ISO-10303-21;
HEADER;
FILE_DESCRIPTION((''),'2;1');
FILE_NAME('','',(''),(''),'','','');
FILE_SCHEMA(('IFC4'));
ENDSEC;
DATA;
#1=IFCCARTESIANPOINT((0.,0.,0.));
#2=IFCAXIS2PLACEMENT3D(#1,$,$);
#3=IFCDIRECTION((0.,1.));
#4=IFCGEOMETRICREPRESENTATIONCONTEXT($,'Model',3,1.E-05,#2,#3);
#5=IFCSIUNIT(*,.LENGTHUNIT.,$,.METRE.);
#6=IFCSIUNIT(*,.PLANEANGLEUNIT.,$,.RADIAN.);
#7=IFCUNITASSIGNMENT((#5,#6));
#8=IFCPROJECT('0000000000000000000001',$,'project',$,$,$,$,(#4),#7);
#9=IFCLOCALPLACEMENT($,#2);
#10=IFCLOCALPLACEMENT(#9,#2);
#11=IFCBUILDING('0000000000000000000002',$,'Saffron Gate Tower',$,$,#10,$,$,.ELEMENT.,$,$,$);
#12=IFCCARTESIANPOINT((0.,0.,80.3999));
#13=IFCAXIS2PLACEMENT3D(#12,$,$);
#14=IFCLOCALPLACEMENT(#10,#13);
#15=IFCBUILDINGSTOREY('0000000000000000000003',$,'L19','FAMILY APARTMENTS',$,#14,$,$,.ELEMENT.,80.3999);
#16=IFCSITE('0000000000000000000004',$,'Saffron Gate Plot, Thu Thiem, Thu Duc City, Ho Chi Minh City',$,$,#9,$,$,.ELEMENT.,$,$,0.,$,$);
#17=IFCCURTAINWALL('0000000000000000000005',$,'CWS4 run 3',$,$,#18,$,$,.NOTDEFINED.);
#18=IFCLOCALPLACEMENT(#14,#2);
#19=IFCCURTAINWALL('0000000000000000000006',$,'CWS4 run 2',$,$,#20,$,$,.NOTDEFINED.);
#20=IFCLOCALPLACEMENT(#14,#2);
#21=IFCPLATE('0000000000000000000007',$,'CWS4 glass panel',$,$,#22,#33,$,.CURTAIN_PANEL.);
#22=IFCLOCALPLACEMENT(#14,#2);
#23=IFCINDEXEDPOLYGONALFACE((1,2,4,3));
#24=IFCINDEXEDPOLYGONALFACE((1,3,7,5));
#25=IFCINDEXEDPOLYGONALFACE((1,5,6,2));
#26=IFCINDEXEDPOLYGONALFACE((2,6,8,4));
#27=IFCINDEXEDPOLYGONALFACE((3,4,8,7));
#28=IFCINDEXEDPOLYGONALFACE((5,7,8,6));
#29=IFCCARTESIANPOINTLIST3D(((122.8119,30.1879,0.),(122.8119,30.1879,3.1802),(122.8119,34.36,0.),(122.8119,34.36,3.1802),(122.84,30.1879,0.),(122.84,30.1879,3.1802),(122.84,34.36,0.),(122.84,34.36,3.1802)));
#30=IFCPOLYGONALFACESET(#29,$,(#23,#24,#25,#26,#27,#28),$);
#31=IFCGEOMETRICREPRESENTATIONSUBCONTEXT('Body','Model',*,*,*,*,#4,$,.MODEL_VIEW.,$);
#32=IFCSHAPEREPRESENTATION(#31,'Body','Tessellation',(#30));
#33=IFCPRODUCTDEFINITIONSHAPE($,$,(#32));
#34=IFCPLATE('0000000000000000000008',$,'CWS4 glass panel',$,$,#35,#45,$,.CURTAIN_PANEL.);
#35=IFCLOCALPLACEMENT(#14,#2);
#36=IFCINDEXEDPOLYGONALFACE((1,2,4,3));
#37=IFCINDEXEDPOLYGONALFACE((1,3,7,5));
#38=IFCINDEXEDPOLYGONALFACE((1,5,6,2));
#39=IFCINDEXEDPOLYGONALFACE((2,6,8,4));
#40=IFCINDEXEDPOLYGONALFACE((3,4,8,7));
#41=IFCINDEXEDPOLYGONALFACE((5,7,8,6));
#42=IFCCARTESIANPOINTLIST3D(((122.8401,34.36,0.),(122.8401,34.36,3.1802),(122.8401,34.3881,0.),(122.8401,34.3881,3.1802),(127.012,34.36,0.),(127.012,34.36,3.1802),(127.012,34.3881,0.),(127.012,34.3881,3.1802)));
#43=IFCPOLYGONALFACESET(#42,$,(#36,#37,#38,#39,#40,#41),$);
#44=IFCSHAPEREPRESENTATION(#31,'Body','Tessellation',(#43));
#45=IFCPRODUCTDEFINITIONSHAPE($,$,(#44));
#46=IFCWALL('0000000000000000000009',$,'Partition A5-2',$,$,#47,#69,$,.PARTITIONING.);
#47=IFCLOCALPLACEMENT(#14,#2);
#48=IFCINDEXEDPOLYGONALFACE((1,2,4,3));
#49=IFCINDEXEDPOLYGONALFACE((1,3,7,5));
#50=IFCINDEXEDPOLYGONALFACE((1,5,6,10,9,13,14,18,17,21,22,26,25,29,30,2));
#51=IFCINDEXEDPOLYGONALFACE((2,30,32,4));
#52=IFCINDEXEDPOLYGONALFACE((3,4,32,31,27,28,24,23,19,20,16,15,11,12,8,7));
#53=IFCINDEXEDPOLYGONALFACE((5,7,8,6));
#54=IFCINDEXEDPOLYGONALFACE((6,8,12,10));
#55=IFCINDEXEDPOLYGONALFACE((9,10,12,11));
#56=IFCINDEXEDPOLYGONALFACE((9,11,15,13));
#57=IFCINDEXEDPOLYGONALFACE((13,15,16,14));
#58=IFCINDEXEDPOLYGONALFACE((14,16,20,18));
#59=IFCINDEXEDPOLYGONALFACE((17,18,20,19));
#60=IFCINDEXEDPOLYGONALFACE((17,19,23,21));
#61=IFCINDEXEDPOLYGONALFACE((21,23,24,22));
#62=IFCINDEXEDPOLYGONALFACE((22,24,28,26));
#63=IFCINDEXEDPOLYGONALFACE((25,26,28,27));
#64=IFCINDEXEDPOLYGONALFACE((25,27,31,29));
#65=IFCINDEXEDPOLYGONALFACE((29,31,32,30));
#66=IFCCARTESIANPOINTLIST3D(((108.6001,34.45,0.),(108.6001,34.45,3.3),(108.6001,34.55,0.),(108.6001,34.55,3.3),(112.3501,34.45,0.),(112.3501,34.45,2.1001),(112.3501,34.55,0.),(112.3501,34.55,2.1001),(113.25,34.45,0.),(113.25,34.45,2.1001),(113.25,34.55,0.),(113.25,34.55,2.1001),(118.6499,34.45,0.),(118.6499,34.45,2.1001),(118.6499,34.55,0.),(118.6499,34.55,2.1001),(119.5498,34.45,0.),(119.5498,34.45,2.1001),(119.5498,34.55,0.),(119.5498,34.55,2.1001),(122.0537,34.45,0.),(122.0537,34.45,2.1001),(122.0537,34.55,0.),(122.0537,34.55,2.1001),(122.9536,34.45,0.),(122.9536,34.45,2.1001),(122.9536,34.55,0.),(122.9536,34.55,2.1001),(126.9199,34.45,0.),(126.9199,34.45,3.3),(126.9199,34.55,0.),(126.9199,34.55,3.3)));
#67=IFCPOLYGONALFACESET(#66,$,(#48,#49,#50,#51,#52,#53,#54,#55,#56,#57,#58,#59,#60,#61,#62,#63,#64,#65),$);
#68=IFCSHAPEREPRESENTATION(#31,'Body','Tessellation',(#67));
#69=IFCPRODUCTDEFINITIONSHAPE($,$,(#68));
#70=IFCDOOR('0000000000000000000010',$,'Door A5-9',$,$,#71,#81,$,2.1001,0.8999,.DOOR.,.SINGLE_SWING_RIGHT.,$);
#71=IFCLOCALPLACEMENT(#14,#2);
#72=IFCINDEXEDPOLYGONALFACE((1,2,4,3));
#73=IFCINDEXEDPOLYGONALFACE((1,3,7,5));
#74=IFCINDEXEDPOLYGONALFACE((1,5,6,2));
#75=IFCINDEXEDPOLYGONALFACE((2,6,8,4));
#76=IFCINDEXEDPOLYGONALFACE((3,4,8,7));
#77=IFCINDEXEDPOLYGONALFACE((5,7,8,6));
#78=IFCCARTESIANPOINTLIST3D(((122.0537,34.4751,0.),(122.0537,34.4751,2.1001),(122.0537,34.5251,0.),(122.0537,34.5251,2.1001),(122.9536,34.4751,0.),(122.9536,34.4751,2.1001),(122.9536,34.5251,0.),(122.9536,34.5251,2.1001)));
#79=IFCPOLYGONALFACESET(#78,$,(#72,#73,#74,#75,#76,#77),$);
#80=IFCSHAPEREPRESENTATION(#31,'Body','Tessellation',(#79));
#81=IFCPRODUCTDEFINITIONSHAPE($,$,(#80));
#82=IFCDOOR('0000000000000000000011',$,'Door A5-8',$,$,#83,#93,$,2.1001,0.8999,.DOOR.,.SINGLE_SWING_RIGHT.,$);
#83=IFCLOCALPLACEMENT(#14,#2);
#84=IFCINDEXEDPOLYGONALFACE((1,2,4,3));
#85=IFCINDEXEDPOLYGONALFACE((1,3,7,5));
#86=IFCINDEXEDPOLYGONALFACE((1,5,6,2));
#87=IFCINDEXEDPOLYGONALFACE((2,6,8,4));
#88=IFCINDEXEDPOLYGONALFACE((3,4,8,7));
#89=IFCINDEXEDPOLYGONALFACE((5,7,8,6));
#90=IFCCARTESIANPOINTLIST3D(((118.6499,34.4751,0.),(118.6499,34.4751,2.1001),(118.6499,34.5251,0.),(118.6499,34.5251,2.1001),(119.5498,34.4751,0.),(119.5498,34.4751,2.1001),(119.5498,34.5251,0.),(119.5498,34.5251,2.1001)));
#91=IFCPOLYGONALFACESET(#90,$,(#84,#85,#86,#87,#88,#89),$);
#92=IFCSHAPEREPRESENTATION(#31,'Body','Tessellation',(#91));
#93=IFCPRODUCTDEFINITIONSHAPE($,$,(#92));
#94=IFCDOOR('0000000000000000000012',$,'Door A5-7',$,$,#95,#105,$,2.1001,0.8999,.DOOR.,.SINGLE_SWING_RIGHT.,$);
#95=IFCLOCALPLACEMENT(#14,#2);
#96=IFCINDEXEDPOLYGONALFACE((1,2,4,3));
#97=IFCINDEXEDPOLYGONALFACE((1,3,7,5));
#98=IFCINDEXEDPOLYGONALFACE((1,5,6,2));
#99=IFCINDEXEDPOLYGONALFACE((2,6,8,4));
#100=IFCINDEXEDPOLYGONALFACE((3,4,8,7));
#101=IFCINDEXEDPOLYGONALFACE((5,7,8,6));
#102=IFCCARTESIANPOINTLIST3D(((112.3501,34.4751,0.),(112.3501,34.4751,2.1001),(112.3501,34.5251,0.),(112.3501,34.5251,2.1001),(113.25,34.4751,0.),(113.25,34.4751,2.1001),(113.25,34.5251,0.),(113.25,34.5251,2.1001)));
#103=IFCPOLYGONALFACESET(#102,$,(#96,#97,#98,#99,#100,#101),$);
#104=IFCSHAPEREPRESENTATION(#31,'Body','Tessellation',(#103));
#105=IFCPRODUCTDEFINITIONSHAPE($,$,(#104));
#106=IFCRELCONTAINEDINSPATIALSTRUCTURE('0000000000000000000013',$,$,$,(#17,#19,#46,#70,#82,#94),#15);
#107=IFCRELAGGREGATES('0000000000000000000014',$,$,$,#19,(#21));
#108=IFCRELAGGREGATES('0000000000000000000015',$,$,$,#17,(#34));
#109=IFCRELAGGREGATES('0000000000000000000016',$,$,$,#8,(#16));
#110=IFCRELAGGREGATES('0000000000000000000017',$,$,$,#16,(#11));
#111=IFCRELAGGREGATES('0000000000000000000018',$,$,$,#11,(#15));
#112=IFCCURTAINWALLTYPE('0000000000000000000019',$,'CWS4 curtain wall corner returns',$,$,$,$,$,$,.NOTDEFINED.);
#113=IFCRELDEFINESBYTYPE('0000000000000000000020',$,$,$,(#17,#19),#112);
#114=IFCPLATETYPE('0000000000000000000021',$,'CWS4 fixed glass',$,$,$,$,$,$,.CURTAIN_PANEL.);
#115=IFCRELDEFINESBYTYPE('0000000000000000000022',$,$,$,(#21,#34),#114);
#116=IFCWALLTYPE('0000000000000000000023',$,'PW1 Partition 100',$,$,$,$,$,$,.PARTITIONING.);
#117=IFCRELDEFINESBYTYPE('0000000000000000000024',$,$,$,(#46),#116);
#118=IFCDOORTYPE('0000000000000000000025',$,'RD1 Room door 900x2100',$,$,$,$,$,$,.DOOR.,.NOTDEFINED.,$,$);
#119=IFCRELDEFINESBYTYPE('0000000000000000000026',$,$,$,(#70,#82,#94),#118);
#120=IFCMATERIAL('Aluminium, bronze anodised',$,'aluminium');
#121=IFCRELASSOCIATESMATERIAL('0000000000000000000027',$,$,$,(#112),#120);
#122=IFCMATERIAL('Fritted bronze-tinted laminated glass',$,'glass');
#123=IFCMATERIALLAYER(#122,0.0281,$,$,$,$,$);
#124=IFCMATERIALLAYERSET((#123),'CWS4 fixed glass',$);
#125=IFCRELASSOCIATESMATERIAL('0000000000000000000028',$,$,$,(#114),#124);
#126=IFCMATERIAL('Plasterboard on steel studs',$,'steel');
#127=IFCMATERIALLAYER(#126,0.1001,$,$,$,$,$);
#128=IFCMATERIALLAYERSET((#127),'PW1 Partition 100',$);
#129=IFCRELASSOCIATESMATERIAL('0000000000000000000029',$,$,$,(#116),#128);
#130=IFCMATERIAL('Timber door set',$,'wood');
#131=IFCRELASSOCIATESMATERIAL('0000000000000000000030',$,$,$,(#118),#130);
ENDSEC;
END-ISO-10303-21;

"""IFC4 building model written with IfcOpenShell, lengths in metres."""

from ifc_helpers import new_model, si_unit, direction, frame, frame_2d, origin, place, context, subcontext, project, spatial, rectangle, extrude, material, layer, layer_set, type_object, element, fill, aggregate, save


model = new_model("IFC4")

# Units and contexts
model_context = context("Model", 3, precision=1e-05, world=origin(), true_north=direction((0.0, 1.0)))
body_context = subcontext(model_context, "Body", "Model", "MODEL_VIEW")
ifc_project = project(units=[si_unit("LENGTHUNIT", "METRE"), si_unit("PLANEANGLEUNIT", "RADIAN")], contexts=[model_context])

# Site, building, storey
site_placement = place(None, origin())
site = spatial("IfcSite", under=ifc_project, at=site_placement, Name="Saffron Gate Plot, Thu Thiem, Thu Duc City, Ho Chi Minh City", CompositionType="ELEMENT", RefElevation=0.0)
building_placement = place(site_placement, origin())
building = spatial("IfcBuilding", under=site, at=building_placement, Name="Saffron Gate Tower", CompositionType="ELEMENT")
storey_placement = place(building_placement, frame((0.0, 0.0, 80.3999)))
storey = spatial("IfcBuildingStorey", under=building, at=storey_placement, Name="L19", Description="FAMILY APARTMENTS", CompositionType="ELEMENT", Elevation=80.3999)

# Shared definitions
ifc_material_1 = material(Name="Aluminium, bronze anodised", Category="aluminium")

# Curtain wall
curtain_wall_type_1 = type_object("IfcCurtainWallType", Name="CWS4 curtain wall corner returns", PredefinedType="NOTDEFINED", material=ifc_material_1)
curtain_wall_1_placement = place(storey_placement, origin())
curtain_wall_1 = element("IfcCurtainWall", 1, at=curtain_wall_1_placement, inside=storey, type_object=curtain_wall_type_1, Name="CWS4 run 3", PredefinedType="NOTDEFINED")

# Curtain wall
curtain_wall_2_placement = place(storey_placement, origin())
curtain_wall_2 = element("IfcCurtainWall", 2, at=curtain_wall_2_placement, inside=storey, type_object=curtain_wall_type_1, Name="CWS4 run 2", PredefinedType="NOTDEFINED")

# Shared definitions
ifc_material_2 = material(Name="Fritted bronze-tinted laminated glass", Category="glass")

# Plates
ifc_layer_1 = layer(ifc_material_2, 0.0281)
ifc_layer_set_1 = layer_set([ifc_layer_1], Name="CWS4 fixed glass")
plate_type_1 = type_object("IfcPlateType", Name="CWS4 fixed glass", PredefinedType="CURTAIN_PANEL", material=ifc_layer_set_1)
plate_1_placement = place(storey_placement, frame((122.8259, 30.188, 0.0), z_axis=(0.0, 0.0, 1.0), x_axis=(0.0, 1.0, 0.0)))
plate_1 = element("IfcPlate", 3, at=plate_1_placement, type_object=plate_type_1, Name="CWS4 glass panel", PredefinedType="CURTAIN_PANEL", context=body_context, shape_type="SweptSolid", body=[
    extrude(rectangle(XDim=4.1721, YDim=0.0281, at=frame_2d((2.0859, 0.0))), origin(), (0.0, 0.0, 1.0), 3.1802),
])
aggregate(curtain_wall_2, [plate_1])
plate_2_placement = place(storey_placement, frame((122.8401, 34.374, 0.0), z_axis=(0.0, 0.0, 1.0), x_axis=(1.0, 0.0, 0.0)))
plate_2 = element("IfcPlate", 4, at=plate_2_placement, type_object=plate_type_1, Name="CWS4 glass panel", PredefinedType="CURTAIN_PANEL", context=body_context, shape_type="SweptSolid", body=[
    extrude(rectangle(XDim=4.1719, YDim=0.0281, at=frame_2d((2.0859, 0.0))), origin(), (0.0, 0.0, 1.0), 3.1802),
])
aggregate(curtain_wall_1, [plate_2])

# Wall, openings, doors
ifc_material_3 = material(Name="Plasterboard on steel studs", Category="steel")
ifc_layer_2 = layer(ifc_material_3, 0.1001)
ifc_layer_set_2 = layer_set([ifc_layer_2], Name="PW1 Partition 100")
wall_type = type_object("IfcWallType", Name="PW1 Partition 100", PredefinedType="PARTITIONING", material=ifc_layer_set_2)
wall_placement = place(storey_placement, frame((126.9199, 34.5, 0.0), z_axis=(0.0, 0.0, 1.0), x_axis=(-1.0, 0.0, 0.0)))
wall = element("IfcWall", 5, at=wall_placement, inside=storey, type_object=wall_type, Name="Partition A5-2", PredefinedType="PARTITIONING", context=body_context, shape_type="SweptSolid", body=[
    extrude(rectangle(XDim=18.3198, YDim=0.1001, at=frame_2d((9.1599, 0.0))), origin(), (0.0, 0.0, 1.0), 3.3),
])
opening_1_placement = place(wall_placement, frame((3.9663, 0.0, 0.0)))
opening_1 = element("IfcOpeningElement", 6, at=opening_1_placement, cuts=wall, PredefinedType="OPENING", context=body_context, shape_type="SweptSolid", body=[
    extrude(rectangle(XDim=0.8999, YDim=2.1001, at=frame_2d((0.45, 1.05))), frame((0.0, 0.0601, 0.0), z_axis=(0.0, -1.0, 0.0), x_axis=(1.0, 0.0, 0.0)), (0.0, 0.0, 1.0), 0.1201),
])
opening_2_placement = place(wall_placement, frame((7.3701, 0.0, 0.0)))
opening_2 = element("IfcOpeningElement", 7, at=opening_2_placement, cuts=wall, PredefinedType="OPENING", context=body_context, shape_type="SweptSolid", body=[
    extrude(rectangle(XDim=0.8999, YDim=2.1001, at=frame_2d((0.45, 1.05))), frame((0.0, 0.0601, 0.0), z_axis=(0.0, -1.0, 0.0), x_axis=(1.0, 0.0, 0.0)), (0.0, 0.0, 1.0), 0.1201),
])
opening_3_placement = place(wall_placement, frame((13.6699, 0.0, 0.0)))
opening_3 = element("IfcOpeningElement", 8, at=opening_3_placement, cuts=wall, PredefinedType="OPENING", context=body_context, shape_type="SweptSolid", body=[
    extrude(rectangle(XDim=0.8999, YDim=2.1001, at=frame_2d((0.45, 1.05))), frame((0.0, 0.0601, 0.0), z_axis=(0.0, -1.0, 0.0), x_axis=(1.0, 0.0, 0.0)), (0.0, 0.0, 1.0), 0.1201),
])
ifc_material_4 = material(Name="Timber door set", Category="wood")
door_type = type_object("IfcDoorType", Name="RD1 Room door 900x2100", OperationType="NOTDEFINED", PredefinedType="DOOR", material=ifc_material_4)
door_1_placement = place(opening_1_placement, origin())
door_1 = element("IfcDoor", 9, at=door_1_placement, inside=storey, type_object=door_type, Name="Door A5-9", OperationType="SINGLE_SWING_RIGHT", OverallHeight=2.1001, OverallWidth=0.8999, PredefinedType="DOOR", context=body_context, shape_type="SweptSolid", body=[
    extrude(rectangle(XDim=0.8999, YDim=2.1001, at=frame_2d((0.45, 1.05))), frame((0.0, 0.0249, 0.0), z_axis=(0.0, -1.0, 0.0), x_axis=(1.0, 0.0, 0.0)), (0.0, 0.0, 1.0), 0.05),
])
fill(opening_1, door_1)
door_2_placement = place(opening_2_placement, origin())
door_2 = element("IfcDoor", 10, at=door_2_placement, inside=storey, type_object=door_type, Name="Door A5-8", OperationType="SINGLE_SWING_RIGHT", OverallHeight=2.1001, OverallWidth=0.8999, PredefinedType="DOOR", context=body_context, shape_type="SweptSolid", body=[
    extrude(rectangle(XDim=0.8999, YDim=2.1001, at=frame_2d((0.45, 1.05))), frame((0.0, 0.0249, 0.0), z_axis=(0.0, -1.0, 0.0), x_axis=(1.0, 0.0, 0.0)), (0.0, 0.0, 1.0), 0.05),
])
fill(opening_2, door_2)
door_3_placement = place(opening_3_placement, origin())
door_3 = element("IfcDoor", 11, at=door_3_placement, inside=storey, type_object=door_type, Name="Door A5-7", OperationType="SINGLE_SWING_RIGHT", OverallHeight=2.1001, OverallWidth=0.8999, PredefinedType="DOOR", context=body_context, shape_type="SweptSolid", body=[
    extrude(rectangle(XDim=0.8999, YDim=2.1001, at=frame_2d((0.45, 1.05))), frame((0.0, 0.0249, 0.0), z_axis=(0.0, -1.0, 0.0), x_axis=(1.0, 0.0, 0.0)), (0.0, 0.0, 1.0), 0.05),
])
fill(opening_3, door_3)

save(model, "model.ifc")
